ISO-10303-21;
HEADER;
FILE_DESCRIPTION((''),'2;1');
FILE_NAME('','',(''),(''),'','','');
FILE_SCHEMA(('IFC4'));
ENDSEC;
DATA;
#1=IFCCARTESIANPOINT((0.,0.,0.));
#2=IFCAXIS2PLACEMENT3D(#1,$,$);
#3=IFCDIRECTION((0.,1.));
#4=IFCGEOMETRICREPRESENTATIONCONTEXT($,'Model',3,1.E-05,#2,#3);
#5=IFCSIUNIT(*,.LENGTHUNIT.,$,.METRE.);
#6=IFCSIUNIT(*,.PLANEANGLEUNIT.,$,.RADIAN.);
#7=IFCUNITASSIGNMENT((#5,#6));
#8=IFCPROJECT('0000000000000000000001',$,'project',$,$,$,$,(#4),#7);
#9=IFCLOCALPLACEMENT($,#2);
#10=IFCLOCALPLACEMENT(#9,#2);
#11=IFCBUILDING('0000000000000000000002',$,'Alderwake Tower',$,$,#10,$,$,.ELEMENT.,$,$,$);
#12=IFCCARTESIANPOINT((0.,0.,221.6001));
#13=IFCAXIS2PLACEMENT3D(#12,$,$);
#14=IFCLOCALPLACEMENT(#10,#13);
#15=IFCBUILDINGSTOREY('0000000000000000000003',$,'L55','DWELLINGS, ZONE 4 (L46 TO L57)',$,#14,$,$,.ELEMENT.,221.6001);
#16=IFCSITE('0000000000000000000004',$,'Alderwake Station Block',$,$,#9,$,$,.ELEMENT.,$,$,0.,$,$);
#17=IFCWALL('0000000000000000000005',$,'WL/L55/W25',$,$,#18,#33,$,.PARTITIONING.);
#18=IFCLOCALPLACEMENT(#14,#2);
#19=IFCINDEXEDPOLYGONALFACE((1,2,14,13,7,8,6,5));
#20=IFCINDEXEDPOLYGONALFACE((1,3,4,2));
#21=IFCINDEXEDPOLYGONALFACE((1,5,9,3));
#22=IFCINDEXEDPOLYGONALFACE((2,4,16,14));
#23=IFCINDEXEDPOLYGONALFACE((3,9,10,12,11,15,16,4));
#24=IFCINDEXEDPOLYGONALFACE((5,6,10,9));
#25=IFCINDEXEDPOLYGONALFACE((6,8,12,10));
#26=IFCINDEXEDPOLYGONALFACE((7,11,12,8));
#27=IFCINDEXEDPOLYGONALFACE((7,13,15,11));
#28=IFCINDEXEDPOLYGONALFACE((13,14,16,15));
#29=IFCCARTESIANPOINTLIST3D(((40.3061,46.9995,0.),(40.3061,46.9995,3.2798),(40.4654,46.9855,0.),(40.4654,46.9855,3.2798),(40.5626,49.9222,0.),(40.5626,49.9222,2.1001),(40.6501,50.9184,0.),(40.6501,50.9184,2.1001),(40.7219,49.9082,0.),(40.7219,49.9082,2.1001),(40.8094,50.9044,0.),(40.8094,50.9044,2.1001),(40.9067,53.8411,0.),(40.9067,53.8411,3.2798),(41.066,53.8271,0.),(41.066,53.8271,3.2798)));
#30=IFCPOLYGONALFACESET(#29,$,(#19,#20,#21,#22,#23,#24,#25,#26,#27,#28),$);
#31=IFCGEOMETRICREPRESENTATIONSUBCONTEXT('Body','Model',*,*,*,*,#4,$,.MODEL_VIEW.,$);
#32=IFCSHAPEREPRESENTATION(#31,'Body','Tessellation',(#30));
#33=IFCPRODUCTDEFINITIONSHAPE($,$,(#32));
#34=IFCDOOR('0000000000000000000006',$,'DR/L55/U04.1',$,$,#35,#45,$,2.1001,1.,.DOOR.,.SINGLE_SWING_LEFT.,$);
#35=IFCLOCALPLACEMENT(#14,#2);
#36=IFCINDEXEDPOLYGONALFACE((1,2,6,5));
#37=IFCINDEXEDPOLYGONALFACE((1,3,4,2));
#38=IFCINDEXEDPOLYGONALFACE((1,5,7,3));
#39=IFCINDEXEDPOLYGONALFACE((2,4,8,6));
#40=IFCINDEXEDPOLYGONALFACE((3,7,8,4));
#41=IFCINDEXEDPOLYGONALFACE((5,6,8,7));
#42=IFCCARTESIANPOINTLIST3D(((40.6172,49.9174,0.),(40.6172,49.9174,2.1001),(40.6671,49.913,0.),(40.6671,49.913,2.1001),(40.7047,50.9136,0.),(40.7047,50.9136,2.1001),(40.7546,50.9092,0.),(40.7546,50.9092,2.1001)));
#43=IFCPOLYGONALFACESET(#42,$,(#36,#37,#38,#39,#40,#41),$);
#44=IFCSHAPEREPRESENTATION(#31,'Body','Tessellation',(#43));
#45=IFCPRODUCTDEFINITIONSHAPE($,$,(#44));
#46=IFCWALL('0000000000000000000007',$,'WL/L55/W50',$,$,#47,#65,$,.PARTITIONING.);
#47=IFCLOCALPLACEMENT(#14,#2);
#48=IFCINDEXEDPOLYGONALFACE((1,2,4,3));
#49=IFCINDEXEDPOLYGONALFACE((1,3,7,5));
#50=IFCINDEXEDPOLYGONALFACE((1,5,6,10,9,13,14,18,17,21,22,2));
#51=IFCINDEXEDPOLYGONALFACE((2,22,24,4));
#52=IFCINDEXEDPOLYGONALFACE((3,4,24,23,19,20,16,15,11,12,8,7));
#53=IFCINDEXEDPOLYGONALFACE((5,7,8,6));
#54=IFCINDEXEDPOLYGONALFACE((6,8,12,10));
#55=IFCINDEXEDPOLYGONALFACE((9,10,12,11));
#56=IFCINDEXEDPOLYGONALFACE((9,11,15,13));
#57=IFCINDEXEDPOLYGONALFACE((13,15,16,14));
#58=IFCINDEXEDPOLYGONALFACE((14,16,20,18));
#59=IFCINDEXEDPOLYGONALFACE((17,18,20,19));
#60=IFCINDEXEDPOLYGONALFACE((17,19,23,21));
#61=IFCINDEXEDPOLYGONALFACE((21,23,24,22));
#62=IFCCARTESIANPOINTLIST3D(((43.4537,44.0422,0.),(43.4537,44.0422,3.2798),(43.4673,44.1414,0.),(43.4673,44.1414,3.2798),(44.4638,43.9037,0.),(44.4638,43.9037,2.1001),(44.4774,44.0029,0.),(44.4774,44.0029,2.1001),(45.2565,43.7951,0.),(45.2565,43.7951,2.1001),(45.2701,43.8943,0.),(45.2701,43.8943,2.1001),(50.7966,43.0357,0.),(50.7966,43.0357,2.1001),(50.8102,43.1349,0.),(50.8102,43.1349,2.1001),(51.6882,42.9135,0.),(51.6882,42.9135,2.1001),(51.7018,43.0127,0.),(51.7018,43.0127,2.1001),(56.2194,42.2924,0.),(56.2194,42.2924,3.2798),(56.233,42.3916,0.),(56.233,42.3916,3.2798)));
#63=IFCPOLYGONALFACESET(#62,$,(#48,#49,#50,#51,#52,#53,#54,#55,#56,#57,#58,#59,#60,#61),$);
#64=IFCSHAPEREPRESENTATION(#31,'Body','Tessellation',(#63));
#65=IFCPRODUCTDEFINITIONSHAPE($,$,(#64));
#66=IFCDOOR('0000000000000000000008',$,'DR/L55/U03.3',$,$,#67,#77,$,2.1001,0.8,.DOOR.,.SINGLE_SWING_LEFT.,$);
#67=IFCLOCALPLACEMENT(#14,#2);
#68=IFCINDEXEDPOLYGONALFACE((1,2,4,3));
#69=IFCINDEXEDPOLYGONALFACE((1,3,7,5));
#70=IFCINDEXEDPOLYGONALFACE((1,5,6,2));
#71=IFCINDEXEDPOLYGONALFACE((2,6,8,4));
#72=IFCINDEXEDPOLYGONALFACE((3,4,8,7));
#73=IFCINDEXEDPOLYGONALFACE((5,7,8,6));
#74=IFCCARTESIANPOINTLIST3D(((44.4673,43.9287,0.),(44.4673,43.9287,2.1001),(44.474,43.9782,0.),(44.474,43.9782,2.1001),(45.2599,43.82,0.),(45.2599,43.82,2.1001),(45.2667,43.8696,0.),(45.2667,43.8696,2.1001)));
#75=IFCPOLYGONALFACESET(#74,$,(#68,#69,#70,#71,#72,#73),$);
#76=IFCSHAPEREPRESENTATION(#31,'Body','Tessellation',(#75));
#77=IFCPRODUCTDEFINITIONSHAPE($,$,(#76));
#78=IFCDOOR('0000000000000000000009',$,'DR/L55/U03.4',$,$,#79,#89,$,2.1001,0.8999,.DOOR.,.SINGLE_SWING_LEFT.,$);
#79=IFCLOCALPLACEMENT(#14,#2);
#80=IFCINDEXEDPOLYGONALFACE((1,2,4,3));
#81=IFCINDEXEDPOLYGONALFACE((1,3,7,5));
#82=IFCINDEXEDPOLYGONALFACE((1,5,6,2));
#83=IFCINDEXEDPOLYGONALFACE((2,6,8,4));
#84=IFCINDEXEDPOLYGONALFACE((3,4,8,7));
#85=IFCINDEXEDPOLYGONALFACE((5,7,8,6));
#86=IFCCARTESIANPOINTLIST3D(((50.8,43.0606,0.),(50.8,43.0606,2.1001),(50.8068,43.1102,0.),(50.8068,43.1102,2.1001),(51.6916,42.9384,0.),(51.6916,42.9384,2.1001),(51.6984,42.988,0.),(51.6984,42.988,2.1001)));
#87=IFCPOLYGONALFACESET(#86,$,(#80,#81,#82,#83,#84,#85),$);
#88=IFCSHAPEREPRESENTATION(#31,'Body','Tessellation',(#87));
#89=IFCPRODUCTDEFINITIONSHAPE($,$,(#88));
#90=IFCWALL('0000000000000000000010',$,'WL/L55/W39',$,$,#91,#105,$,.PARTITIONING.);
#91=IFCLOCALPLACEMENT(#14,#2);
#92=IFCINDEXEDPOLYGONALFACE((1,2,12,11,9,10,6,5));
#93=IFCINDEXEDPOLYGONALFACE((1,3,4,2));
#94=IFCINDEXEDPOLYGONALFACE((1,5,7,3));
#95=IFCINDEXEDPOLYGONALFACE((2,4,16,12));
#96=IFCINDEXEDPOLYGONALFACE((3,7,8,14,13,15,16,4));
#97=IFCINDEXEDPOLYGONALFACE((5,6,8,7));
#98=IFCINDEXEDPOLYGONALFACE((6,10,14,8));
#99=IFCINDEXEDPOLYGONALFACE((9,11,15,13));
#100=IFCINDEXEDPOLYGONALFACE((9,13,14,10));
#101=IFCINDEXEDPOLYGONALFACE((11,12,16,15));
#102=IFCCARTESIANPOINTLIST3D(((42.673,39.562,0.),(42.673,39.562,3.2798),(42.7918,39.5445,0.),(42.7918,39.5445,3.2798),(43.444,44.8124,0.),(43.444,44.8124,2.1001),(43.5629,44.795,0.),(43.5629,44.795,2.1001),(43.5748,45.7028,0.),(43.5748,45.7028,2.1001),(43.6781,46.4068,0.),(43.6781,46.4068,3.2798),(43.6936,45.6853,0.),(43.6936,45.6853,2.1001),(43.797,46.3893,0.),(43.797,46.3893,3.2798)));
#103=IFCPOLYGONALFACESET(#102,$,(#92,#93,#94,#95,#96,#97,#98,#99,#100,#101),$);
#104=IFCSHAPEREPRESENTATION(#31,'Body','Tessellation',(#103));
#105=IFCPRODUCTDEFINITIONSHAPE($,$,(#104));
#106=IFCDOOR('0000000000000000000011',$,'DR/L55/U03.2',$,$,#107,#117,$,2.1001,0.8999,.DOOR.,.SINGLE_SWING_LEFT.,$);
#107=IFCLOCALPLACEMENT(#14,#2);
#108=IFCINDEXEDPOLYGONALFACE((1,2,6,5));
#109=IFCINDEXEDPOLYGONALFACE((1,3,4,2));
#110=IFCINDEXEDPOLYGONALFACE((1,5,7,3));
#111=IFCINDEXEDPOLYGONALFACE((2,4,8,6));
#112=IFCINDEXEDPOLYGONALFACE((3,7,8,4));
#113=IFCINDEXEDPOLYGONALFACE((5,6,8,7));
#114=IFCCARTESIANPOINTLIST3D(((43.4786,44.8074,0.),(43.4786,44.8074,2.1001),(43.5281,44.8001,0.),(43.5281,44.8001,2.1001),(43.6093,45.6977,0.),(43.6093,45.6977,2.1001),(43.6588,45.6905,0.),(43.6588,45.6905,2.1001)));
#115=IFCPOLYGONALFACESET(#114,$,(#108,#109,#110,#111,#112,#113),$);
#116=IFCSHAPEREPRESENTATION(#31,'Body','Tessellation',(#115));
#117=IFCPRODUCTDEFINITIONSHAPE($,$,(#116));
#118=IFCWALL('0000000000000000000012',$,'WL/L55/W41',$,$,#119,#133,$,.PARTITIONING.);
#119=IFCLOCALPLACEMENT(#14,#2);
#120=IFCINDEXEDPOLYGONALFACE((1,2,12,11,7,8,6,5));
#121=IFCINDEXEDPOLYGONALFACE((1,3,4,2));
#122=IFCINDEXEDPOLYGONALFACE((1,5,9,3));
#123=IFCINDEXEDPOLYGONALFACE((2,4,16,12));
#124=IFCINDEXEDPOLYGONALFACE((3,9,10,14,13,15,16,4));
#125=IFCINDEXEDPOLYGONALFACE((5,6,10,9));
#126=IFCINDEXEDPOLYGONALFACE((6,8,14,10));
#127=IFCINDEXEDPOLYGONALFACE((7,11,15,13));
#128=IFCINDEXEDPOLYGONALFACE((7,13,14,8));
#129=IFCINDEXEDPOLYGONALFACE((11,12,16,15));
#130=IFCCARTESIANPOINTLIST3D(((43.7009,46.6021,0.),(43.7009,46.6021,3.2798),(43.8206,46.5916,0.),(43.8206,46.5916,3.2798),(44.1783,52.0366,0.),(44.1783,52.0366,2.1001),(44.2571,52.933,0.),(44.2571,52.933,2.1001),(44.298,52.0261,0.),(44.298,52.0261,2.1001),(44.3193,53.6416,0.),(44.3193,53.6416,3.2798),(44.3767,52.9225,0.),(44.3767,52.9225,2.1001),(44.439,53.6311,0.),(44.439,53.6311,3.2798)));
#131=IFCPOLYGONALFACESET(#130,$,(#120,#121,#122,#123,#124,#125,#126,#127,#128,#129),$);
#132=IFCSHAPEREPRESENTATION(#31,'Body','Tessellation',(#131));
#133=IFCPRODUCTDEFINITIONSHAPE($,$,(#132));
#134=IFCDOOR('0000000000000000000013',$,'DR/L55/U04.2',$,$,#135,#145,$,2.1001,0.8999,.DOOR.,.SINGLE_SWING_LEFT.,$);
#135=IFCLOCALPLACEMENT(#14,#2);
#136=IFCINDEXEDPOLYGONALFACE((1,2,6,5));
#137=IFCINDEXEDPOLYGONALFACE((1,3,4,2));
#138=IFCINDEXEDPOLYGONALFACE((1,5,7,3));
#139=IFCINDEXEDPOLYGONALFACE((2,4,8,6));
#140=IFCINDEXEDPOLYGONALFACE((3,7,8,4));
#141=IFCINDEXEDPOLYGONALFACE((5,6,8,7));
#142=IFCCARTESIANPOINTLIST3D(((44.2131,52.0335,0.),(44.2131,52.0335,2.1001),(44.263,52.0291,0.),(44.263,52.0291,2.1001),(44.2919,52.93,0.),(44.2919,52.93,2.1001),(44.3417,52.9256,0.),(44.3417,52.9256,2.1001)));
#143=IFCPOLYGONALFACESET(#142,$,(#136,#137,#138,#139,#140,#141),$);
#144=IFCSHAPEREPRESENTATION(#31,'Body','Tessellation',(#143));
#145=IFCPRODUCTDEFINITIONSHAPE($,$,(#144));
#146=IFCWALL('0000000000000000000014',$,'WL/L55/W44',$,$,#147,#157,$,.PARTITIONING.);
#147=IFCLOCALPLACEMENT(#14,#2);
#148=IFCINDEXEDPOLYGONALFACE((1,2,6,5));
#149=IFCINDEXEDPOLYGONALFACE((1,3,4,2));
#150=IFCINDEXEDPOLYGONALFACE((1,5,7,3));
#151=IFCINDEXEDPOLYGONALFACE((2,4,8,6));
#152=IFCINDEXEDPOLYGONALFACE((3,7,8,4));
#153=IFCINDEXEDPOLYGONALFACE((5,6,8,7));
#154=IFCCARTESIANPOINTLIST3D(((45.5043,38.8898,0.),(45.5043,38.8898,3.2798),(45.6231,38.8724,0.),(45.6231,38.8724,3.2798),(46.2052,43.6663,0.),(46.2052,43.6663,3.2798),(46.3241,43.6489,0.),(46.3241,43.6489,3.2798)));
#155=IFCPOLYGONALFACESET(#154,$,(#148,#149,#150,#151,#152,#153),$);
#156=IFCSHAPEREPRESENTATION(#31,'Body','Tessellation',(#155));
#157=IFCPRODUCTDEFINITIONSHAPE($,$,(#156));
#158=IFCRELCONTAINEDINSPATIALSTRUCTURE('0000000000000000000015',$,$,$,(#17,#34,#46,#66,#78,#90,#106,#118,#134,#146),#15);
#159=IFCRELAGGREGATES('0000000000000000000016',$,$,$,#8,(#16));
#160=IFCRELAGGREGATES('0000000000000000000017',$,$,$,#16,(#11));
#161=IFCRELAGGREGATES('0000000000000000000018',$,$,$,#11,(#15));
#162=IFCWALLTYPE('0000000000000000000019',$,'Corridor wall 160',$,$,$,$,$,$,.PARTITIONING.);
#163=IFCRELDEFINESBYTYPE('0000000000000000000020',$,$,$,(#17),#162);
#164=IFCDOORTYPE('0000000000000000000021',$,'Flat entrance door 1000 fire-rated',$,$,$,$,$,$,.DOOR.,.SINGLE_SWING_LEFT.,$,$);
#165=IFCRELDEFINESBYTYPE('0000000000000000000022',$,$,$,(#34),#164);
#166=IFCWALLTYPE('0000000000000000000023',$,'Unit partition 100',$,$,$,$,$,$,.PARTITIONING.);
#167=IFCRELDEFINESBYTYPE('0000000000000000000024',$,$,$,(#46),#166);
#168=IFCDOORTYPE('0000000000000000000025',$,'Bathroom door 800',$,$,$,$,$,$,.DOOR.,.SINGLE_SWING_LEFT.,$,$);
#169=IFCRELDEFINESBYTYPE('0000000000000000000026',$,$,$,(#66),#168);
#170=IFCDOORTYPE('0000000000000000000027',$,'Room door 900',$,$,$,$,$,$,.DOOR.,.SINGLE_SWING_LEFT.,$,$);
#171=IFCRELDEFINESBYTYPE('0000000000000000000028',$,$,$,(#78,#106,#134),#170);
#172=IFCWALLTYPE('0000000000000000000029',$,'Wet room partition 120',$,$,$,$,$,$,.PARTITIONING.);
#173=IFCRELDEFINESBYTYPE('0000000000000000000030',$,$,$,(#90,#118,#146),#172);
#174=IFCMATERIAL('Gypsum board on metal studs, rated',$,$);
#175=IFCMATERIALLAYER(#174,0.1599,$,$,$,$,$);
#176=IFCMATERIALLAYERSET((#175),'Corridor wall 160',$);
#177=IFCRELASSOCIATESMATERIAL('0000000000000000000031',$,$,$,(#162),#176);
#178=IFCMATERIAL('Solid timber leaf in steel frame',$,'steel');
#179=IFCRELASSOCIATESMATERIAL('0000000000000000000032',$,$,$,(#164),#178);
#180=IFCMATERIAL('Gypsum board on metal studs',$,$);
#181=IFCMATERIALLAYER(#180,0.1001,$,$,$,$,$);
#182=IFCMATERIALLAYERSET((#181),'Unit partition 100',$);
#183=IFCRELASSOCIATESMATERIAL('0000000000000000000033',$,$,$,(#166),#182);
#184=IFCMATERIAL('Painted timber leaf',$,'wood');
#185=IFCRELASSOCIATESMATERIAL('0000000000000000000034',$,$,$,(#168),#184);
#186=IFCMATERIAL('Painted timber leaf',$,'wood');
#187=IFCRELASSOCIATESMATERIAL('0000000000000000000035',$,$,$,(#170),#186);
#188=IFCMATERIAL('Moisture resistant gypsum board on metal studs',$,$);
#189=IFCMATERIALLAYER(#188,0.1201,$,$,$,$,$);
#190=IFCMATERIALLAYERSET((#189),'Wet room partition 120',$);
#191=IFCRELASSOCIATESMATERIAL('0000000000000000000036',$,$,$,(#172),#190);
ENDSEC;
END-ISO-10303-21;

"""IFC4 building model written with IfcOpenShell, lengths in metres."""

from ifc_helpers import new_model, si_unit, direction, frame, frame_2d, origin, place, context, subcontext, project, spatial, rectangle, extrude, material, layer, layer_set, type_object, element, fill, save


model = new_model("IFC4")

# Units and contexts
model_context = context("Model", 3, precision=1e-05, world=origin(), true_north=direction((0.0, 1.0)))
body_context = subcontext(model_context, "Body", "Model", "MODEL_VIEW")
ifc_project = project(units=[si_unit("LENGTHUNIT", "METRE"), si_unit("PLANEANGLEUNIT", "RADIAN")], contexts=[model_context])

# Site, building, storey
site_placement = place(None, origin())
site = spatial("IfcSite", under=ifc_project, at=site_placement, Name="Alderwake Station Block", CompositionType="ELEMENT", RefElevation=0.0)
building_placement = place(site_placement, origin())
building = spatial("IfcBuilding", under=site, at=building_placement, Name="Alderwake Tower", CompositionType="ELEMENT")
storey_placement = place(building_placement, frame((0.0, 0.0, 221.6001)))
storey = spatial("IfcBuildingStorey", under=building, at=storey_placement, Name="L55", Description="DWELLINGS, ZONE 4 (L46 TO L57)", CompositionType="ELEMENT", Elevation=221.6001)

# Wall, opening, door
ifc_material_1 = material(Name="Gypsum board on metal studs, rated")
ifc_layer_1 = layer(ifc_material_1, 0.1599)
ifc_layer_set_1 = layer_set([ifc_layer_1], Name="Corridor wall 160")
wall_type_1 = type_object("IfcWallType", Name="Corridor wall 160", PredefinedType="PARTITIONING", material=ifc_layer_set_1)
ifc_material_2 = material(Name="Solid timber leaf in steel frame", Category="steel")
door_type_1 = type_object("IfcDoorType", Name="Flat entrance door 1000 fire-rated", OperationType="SINGLE_SWING_LEFT", PredefinedType="DOOR", material=ifc_material_2)
wall_1_placement = place(storey_placement, frame((40.9863, 53.8342, 0.0), z_axis=(0.0, 0.0, 1.0), x_axis=(-0.087449, -0.996169, 0.0)))
wall_1 = element("IfcWall", 1, at=wall_1_placement, inside=storey, type_object=wall_type_1, Name="WL/L55/W25", PredefinedType="PARTITIONING", context=body_context, shape_type="SweptSolid", body=[
    extrude(rectangle(XDim=6.8679, YDim=0.1599, at=frame_2d((3.4341, 0.0))), origin(), (0.0, 0.0, 1.0), 3.2798),
])
opening_1_placement = place(wall_1_placement, frame((2.9341, 0.0, 0.0)))
opening_1 = element("IfcOpeningElement", 2, at=opening_1_placement, cuts=wall_1, PredefinedType="OPENING", context=body_context, shape_type="SweptSolid", body=[
    extrude(rectangle(XDim=1.0, YDim=2.1001, at=frame_2d((0.5, 1.05))), frame((0.0, 0.0898, 0.0), z_axis=(0.0, -1.0, 0.0), x_axis=(1.0, 0.0, 0.0)), (0.0, 0.0, 1.0), 0.1799),
])
door_1_placement = place(opening_1_placement, origin())
door_1 = element("IfcDoor", 3, at=door_1_placement, inside=storey, type_object=door_type_1, Name="DR/L55/U04.1", OperationType="SINGLE_SWING_LEFT", OverallHeight=2.1001, OverallWidth=1.0, PredefinedType="DOOR", context=body_context, shape_type="SweptSolid", body=[
    extrude(rectangle(XDim=1.0, YDim=2.1001, at=frame_2d((0.5, 1.05))), frame((0.0, 0.0249, 0.0), z_axis=(0.0, -1.0, 0.0), x_axis=(1.0, 0.0, 0.0)), (0.0, 0.0, 1.0), 0.05),
])
fill(opening_1, door_1)

# Wall, openings, doors
ifc_material_3 = material(Name="Gypsum board on metal studs")
ifc_layer_2 = layer(ifc_material_3, 0.1001)
ifc_layer_set_2 = layer_set([ifc_layer_2], Name="Unit partition 100")
wall_type_2 = type_object("IfcWallType", Name="Unit partition 100", PredefinedType="PARTITIONING", material=ifc_layer_set_2)
wall_2_placement = place(storey_placement, frame((56.2261, 42.342, 0.0), z_axis=(0.0, 0.0, 1.0), x_axis=(-0.990737, 0.135798, 0.0)))
wall_2 = element("IfcWall", 4, at=wall_2_placement, inside=storey, type_object=wall_type_2, Name="WL/L55/W50", PredefinedType="PARTITIONING", context=body_context, shape_type="SweptSolid", body=[
    extrude(rectangle(XDim=12.885, YDim=0.1001, at=frame_2d((6.4424, 0.0))), origin(), (0.0, 0.0, 1.0), 3.2798),
])
opening_2_placement = place(wall_2_placement, frame((11.0654, 0.0, 0.0)))
opening_2 = element("IfcOpeningElement", 5, at=opening_2_placement, cuts=wall_2, PredefinedType="OPENING", context=body_context, shape_type="SweptSolid", body=[
    extrude(rectangle(XDim=0.8, YDim=2.1001, at=frame_2d((0.3999, 1.05))), frame((0.0, 0.0601, 0.0), z_axis=(0.0, -1.0, 0.0), x_axis=(1.0, 0.0, 0.0)), (0.0, 0.0, 1.0), 0.1201),
])
opening_3_placement = place(wall_2_placement, frame((4.5735, 0.0, 0.0)))
opening_3 = element("IfcOpeningElement", 6, at=opening_3_placement, cuts=wall_2, PredefinedType="OPENING", context=body_context, shape_type="SweptSolid", body=[
    extrude(rectangle(XDim=0.8999, YDim=2.1001, at=frame_2d((0.45, 1.05))), frame((0.0, 0.0601, 0.0), z_axis=(0.0, -1.0, 0.0), x_axis=(1.0, 0.0, 0.0)), (0.0, 0.0, 1.0), 0.1201),
])
ifc_material_4 = material(Name="Painted timber leaf", Category="wood")
door_type_2 = type_object("IfcDoorType", Name="Bathroom door 800", OperationType="SINGLE_SWING_LEFT", PredefinedType="DOOR", material=ifc_material_4)
door_2_placement = place(opening_2_placement, origin())
door_2 = element("IfcDoor", 7, at=door_2_placement, inside=storey, type_object=door_type_2, Name="DR/L55/U03.3", OperationType="SINGLE_SWING_LEFT", OverallHeight=2.1001, OverallWidth=0.8, PredefinedType="DOOR", context=body_context, shape_type="SweptSolid", body=[
    extrude(rectangle(XDim=0.8, YDim=2.1001, at=frame_2d((0.3999, 1.05))), frame((0.0, 0.0249, 0.0), z_axis=(0.0, -1.0, 0.0), x_axis=(1.0, 0.0, 0.0)), (0.0, 0.0, 1.0), 0.05),
])
fill(opening_2, door_2)
ifc_material_5 = material(Name="Painted timber leaf", Category="wood")
door_type_3 = type_object("IfcDoorType", Name="Room door 900", OperationType="SINGLE_SWING_LEFT", PredefinedType="DOOR", material=ifc_material_5)
door_3_placement = place(opening_3_placement, origin())
door_3 = element("IfcDoor", 8, at=door_3_placement, inside=storey, type_object=door_type_3, Name="DR/L55/U03.4", OperationType="SINGLE_SWING_LEFT", OverallHeight=2.1001, OverallWidth=0.8999, PredefinedType="DOOR", context=body_context, shape_type="SweptSolid", body=[
    extrude(rectangle(XDim=0.8999, YDim=2.1001, at=frame_2d((0.45, 1.05))), frame((0.0, 0.0249, 0.0), z_axis=(0.0, -1.0, 0.0), x_axis=(1.0, 0.0, 0.0)), (0.0, 0.0, 1.0), 0.05),
])
fill(opening_3, door_3)

# Walls, openings, doors
ifc_material_6 = material(Name="Moisture resistant gypsum board on metal studs")
ifc_layer_3 = layer(ifc_material_6, 0.1201)
ifc_layer_set_3 = layer_set([ifc_layer_3], Name="Wet room partition 120")
wall_type_3 = type_object("IfcWallType", Name="Wet room partition 120", PredefinedType="PARTITIONING", material=ifc_layer_set_3)
wall_3_placement = place(storey_placement, frame((43.7375, 46.3979, 0.0), z_axis=(0.0, 0.0, 1.0), x_axis=(-0.145289, -0.989389, 0.0)))
wall_3 = element("IfcWall", 9, at=wall_3_placement, inside=storey, type_object=wall_type_3, Name="WL/L55/W39", PredefinedType="PARTITIONING", context=body_context, shape_type="SweptSolid", body=[
    extrude(rectangle(XDim=6.9182, YDim=0.1201, at=frame_2d((3.459, 0.0))), origin(), (0.0, 0.0, 1.0), 3.2798),
])
opening_4_placement = place(wall_3_placement, frame((0.7114, 0.0, 0.0)))
opening_4 = element("IfcOpeningElement", 10, at=opening_4_placement, cuts=wall_3, PredefinedType="OPENING", context=body_context, shape_type="SweptSolid", body=[
    extrude(rectangle(XDim=0.8999, YDim=2.1001, at=frame_2d((0.45, 1.05))), frame((0.0, 0.0701, 0.0), z_axis=(0.0, -1.0, 0.0), x_axis=(1.0, 0.0, 0.0)), (0.0, 0.0, 1.0), 0.1401),
])
door_4_placement = place(opening_4_placement, origin())
door_4 = element("IfcDoor", 11, at=door_4_placement, inside=storey, type_object=door_type_3, Name="DR/L55/U03.2", OperationType="SINGLE_SWING_LEFT", OverallHeight=2.1001, OverallWidth=0.8999, PredefinedType="DOOR", context=body_context, shape_type="SweptSolid", body=[
    extrude(rectangle(XDim=0.8999, YDim=2.1001, at=frame_2d((0.45, 1.05))), frame((0.0, 0.0249, 0.0), z_axis=(0.0, -1.0, 0.0), x_axis=(1.0, 0.0, 0.0)), (0.0, 0.0, 1.0), 0.05),
])
fill(opening_4, door_4)
wall_4_placement = place(storey_placement, frame((44.3792, 53.6362, 0.0), z_axis=(0.0, 0.0, 1.0), x_axis=(-0.087511, -0.996164, 0.0)))
wall_4 = element("IfcWall", 12, at=wall_4_placement, inside=storey, type_object=wall_type_3, Name="WL/L55/W41", PredefinedType="PARTITIONING", context=body_context, shape_type="SweptSolid", body=[
    extrude(rectangle(XDim=7.0667, YDim=0.1201, at=frame_2d((3.5332, 0.0))), origin(), (0.0, 0.0, 1.0), 3.2798),
])
opening_5_placement = place(wall_4_placement, frame((0.7112, 0.0, 0.0)))
opening_5 = element("IfcOpeningElement", 13, at=opening_5_placement, cuts=wall_4, PredefinedType="OPENING", context=body_context, shape_type="SweptSolid", body=[
    extrude(rectangle(XDim=0.8999, YDim=2.1001, at=frame_2d((0.45, 1.05))), frame((0.0, 0.0701, 0.0), z_axis=(0.0, -1.0, 0.0), x_axis=(1.0, 0.0, 0.0)), (0.0, 0.0, 1.0), 0.1401),
])
door_5_placement = place(opening_5_placement, origin())
door_5 = element("IfcDoor", 14, at=door_5_placement, inside=storey, type_object=door_type_3, Name="DR/L55/U04.2", OperationType="SINGLE_SWING_LEFT", OverallHeight=2.1001, OverallWidth=0.8999, PredefinedType="DOOR", context=body_context, shape_type="SweptSolid", body=[
    extrude(rectangle(XDim=0.8999, YDim=2.1001, at=frame_2d((0.45, 1.05))), frame((0.0, 0.0249, 0.0), z_axis=(0.0, -1.0, 0.0), x_axis=(1.0, 0.0, 0.0)), (0.0, 0.0, 1.0), 0.05),
])
fill(opening_5, door_5)

# Wall
wall_5_placement = place(storey_placement, frame((45.5637, 38.8811, 0.0), z_axis=(0.0, 0.0, 1.0), x_axis=(0.145194, 0.989403, 0.0)))
element("IfcWall", 15, at=wall_5_placement, inside=storey, type_object=wall_type_3, Name="WL/L55/W44", PredefinedType="PARTITIONING", context=body_context, shape_type="SweptSolid", body=[
    extrude(rectangle(XDim=4.8276, YDim=0.1201, at=frame_2d((2.4138, 0.0))), origin(), (0.0, 0.0, 1.0), 3.2798),
])

save(model, "model.ifc")
